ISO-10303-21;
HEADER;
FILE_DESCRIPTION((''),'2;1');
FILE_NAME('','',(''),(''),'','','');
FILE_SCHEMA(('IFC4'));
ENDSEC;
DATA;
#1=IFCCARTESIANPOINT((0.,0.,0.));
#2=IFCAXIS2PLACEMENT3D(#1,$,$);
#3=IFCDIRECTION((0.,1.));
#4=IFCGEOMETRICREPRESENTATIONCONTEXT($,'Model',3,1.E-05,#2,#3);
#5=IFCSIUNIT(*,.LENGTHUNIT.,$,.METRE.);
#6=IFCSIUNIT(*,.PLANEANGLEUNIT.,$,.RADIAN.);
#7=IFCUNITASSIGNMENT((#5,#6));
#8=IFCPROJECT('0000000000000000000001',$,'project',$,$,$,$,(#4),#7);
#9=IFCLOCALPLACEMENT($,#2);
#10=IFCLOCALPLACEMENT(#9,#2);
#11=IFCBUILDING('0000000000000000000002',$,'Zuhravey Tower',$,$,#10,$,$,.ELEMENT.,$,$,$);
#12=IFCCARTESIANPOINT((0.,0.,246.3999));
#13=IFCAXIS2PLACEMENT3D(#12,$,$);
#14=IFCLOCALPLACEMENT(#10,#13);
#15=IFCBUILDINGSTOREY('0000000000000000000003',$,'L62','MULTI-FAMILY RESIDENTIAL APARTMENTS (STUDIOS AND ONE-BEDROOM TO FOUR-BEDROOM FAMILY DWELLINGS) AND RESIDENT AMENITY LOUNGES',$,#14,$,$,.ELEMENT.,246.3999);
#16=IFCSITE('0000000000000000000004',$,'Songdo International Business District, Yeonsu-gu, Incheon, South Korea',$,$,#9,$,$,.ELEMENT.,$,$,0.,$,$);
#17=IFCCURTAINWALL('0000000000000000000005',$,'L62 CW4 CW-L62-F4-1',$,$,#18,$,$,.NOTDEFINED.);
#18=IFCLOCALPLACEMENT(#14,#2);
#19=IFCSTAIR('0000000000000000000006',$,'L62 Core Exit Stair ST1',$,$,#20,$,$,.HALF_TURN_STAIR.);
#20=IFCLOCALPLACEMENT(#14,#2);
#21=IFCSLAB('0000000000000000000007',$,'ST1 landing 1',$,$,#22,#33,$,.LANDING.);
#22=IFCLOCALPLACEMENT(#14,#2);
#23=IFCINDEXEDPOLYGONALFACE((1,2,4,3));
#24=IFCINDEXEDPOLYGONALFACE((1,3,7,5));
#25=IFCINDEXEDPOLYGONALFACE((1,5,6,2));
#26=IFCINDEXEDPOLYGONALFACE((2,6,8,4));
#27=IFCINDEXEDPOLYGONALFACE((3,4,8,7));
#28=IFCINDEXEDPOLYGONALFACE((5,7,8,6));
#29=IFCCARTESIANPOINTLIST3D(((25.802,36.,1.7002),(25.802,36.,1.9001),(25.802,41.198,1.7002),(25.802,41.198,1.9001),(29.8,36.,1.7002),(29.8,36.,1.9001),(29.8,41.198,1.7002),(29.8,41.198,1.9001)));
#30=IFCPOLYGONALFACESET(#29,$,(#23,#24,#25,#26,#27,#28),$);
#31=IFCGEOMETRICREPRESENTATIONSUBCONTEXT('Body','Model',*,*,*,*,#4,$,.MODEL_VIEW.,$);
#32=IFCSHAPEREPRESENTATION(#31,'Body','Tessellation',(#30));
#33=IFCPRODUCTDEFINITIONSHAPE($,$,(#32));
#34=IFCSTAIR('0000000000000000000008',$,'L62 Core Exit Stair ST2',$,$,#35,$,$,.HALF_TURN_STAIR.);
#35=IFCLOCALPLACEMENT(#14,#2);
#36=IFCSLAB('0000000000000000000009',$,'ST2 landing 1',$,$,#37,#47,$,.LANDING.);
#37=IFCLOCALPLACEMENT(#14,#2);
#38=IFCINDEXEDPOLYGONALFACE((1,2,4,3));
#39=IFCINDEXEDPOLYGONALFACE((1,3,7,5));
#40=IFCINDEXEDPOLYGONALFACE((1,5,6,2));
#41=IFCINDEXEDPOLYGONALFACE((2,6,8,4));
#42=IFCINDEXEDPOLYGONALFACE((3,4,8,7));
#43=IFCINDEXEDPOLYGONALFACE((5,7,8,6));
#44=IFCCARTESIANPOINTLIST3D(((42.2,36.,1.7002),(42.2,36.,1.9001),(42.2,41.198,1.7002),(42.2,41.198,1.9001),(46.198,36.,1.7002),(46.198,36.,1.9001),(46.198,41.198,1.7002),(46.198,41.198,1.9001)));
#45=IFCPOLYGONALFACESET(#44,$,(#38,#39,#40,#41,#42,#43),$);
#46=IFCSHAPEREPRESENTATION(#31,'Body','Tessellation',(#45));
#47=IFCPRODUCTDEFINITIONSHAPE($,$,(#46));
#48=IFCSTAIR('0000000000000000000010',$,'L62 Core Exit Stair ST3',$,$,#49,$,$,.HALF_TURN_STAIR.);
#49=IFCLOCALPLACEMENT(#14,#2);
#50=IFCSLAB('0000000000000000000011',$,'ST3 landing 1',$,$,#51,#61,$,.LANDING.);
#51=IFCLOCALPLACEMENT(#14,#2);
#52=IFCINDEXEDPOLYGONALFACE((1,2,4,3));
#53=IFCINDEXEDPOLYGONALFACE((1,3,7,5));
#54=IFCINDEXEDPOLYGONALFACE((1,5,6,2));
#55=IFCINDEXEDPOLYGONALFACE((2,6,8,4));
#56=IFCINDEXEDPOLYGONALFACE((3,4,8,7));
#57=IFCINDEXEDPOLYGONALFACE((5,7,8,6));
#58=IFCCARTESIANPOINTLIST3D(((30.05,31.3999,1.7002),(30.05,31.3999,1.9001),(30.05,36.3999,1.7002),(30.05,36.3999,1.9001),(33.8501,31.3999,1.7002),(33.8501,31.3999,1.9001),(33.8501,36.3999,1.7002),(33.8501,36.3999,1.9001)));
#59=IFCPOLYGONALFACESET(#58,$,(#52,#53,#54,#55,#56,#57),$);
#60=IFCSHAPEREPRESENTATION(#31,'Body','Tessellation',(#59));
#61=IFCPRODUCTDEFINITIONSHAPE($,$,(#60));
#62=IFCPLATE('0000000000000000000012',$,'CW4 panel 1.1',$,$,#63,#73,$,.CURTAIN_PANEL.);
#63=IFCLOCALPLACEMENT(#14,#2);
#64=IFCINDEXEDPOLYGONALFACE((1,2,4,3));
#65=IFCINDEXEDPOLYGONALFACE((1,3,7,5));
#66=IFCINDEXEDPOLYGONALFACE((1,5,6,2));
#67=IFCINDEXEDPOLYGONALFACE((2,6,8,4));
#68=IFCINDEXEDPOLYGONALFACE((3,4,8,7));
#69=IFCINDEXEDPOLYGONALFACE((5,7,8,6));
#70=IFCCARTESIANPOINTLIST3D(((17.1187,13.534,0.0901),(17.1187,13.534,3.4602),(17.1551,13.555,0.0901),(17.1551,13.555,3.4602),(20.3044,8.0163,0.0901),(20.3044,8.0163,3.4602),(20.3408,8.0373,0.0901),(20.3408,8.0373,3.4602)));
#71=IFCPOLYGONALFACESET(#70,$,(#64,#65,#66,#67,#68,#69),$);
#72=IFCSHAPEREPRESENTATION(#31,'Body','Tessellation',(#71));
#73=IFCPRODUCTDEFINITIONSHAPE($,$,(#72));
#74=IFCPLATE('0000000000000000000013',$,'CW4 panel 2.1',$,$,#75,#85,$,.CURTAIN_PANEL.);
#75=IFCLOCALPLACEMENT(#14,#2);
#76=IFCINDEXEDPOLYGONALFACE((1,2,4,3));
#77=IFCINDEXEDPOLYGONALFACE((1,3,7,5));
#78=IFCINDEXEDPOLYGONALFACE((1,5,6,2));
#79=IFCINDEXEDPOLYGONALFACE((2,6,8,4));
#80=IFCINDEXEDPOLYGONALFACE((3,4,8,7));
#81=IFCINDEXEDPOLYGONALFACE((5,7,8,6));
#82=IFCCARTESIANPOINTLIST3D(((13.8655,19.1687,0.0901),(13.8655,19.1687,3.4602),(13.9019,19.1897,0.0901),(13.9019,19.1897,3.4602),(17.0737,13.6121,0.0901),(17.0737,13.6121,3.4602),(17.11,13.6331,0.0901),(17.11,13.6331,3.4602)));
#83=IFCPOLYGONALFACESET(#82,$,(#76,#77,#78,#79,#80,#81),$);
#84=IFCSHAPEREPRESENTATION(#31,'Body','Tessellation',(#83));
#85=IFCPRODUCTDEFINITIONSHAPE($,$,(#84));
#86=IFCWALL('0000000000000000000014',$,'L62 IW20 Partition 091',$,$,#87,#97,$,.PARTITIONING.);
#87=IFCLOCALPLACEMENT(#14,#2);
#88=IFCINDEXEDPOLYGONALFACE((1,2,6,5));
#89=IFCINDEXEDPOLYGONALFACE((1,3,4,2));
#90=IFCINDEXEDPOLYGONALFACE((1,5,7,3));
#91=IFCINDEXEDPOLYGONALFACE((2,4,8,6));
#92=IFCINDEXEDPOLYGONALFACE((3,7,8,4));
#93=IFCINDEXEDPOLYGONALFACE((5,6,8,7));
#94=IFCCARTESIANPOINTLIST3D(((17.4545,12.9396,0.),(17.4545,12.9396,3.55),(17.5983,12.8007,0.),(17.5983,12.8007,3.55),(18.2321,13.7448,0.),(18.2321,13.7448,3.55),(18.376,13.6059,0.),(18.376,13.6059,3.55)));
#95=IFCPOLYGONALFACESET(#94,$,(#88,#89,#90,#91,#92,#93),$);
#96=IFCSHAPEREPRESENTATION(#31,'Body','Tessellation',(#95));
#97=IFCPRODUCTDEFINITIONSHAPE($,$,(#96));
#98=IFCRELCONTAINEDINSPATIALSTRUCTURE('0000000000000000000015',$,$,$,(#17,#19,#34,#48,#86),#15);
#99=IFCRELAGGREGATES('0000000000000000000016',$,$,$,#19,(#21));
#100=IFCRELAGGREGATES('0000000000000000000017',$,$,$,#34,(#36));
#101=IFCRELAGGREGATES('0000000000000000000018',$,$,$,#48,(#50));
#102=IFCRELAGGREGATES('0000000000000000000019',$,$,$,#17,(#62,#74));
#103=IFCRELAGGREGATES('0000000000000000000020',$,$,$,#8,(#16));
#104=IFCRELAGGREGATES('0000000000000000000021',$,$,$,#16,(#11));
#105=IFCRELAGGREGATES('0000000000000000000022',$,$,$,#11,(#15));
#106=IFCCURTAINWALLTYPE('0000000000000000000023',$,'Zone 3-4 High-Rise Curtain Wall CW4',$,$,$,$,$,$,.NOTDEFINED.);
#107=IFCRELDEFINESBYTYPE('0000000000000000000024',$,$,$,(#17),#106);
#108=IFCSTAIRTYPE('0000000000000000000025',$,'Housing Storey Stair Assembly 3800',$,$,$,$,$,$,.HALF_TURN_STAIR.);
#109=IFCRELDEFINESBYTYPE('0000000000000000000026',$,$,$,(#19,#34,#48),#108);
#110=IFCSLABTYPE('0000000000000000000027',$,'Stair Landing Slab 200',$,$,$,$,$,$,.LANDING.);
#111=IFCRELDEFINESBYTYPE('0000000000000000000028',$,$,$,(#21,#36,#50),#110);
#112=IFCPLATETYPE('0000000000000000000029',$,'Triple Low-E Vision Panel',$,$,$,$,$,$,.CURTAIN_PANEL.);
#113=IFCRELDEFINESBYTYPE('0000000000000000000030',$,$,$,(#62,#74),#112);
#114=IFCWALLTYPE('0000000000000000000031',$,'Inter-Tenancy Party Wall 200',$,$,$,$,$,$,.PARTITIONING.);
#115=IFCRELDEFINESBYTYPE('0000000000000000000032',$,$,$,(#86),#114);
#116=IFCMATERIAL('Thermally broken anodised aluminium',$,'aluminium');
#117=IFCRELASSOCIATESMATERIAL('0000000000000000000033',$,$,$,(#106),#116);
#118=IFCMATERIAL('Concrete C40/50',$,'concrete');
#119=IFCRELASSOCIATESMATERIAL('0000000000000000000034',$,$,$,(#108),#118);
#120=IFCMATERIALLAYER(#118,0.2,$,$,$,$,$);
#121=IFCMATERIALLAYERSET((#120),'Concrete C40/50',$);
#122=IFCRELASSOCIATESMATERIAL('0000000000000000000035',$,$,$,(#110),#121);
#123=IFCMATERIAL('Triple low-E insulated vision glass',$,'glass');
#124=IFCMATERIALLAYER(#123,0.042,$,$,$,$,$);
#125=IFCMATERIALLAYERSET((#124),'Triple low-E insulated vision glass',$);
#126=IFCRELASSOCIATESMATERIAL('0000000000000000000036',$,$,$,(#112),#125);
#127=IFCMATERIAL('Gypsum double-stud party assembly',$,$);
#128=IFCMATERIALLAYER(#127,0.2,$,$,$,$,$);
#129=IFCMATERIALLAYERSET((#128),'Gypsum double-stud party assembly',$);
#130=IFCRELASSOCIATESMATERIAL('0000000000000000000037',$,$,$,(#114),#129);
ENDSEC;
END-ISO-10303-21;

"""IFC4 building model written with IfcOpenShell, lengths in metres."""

from ifc_helpers import new_model, si_unit, direction, frame, frame_2d, origin, origin_2d, place, context, subcontext, project, spatial, polyline, rectangle, outline, extrude, material, layer, layer_set, type_object, element, aggregate, save


model = new_model("IFC4")

# Units and contexts
model_context = context("Model", 3, precision=1e-05, world=origin(), true_north=direction((0.0, 1.0)))
body_context = subcontext(model_context, "Body", "Model", "MODEL_VIEW")
ifc_project = project(units=[si_unit("LENGTHUNIT", "METRE"), si_unit("PLANEANGLEUNIT", "RADIAN")], contexts=[model_context])

# Site, building, storey
site_placement = place(None, origin())
site = spatial("IfcSite", under=ifc_project, at=site_placement, Name="Songdo International Business District, Yeonsu-gu, Incheon, South Korea", CompositionType="ELEMENT", RefElevation=0.0)
building_placement = place(site_placement, origin())
building = spatial("IfcBuilding", under=site, at=building_placement, Name="Zuhravey Tower", CompositionType="ELEMENT")
storey_placement = place(building_placement, frame((0.0, 0.0, 246.3999)))
storey = spatial("IfcBuildingStorey", under=building, at=storey_placement, Name="L62", Description="MULTI-FAMILY RESIDENTIAL APARTMENTS (STUDIOS AND ONE-BEDROOM TO FOUR-BEDROOM FAMILY DWELLINGS) AND RESIDENT AMENITY LOUNGES", CompositionType="ELEMENT", Elevation=246.3999)

# Curtain wall
ifc_material_1 = material(Name="Thermally broken anodised aluminium", Category="aluminium")
curtain_wall_type = type_object("IfcCurtainWallType", Name="Zone 3-4 High-Rise Curtain Wall CW4", PredefinedType="NOTDEFINED", material=ifc_material_1)
curtain_wall_placement = place(storey_placement, origin())
curtain_wall = element("IfcCurtainWall", 1, at=curtain_wall_placement, inside=storey, type_object=curtain_wall_type, Name="L62 CW4 CW-L62-F4-1", PredefinedType="NOTDEFINED")

# Shared definitions
ifc_material_2 = material(Name="Concrete C40/50", Category="concrete")

# Stairs, slabs
stair_type = type_object("IfcStairType", Name="Housing Storey Stair Assembly 3800", PredefinedType="HALF_TURN_STAIR", material=ifc_material_2)
stair_1_placement = place(storey_placement, origin())
stair_1 = element("IfcStair", 2, at=stair_1_placement, inside=storey, type_object=stair_type, Name="L62 Core Exit Stair ST1", PredefinedType="HALF_TURN_STAIR")
ifc_layer_1 = layer(ifc_material_2, 0.2)
ifc_layer_set_1 = layer_set([ifc_layer_1], Name="Concrete C40/50")
slab_type_1 = type_object("IfcSlabType", Name="Stair Landing Slab 200", PredefinedType="LANDING", material=ifc_layer_set_1)
slab_1_placement = place(storey_placement, frame((0.0, 0.0, 1.7002)))
slab_1 = element("IfcSlab", 3, at=slab_1_placement, type_object=slab_type_1, Name="ST1 landing 1", PredefinedType="LANDING", context=body_context, shape_type="SweptSolid", body=[
    extrude(outline(polyline([(29.8, 36.0), (29.8, 41.198), (25.802, 41.198), (25.802, 36.0), (29.8, 36.0)])), origin(), (0.0, 0.0, 1.0), 0.2),
])
aggregate(stair_1, [slab_1])
stair_2_placement = place(storey_placement, origin())
stair_2 = element("IfcStair", 4, at=stair_2_placement, inside=storey, type_object=stair_type, Name="L62 Core Exit Stair ST2", PredefinedType="HALF_TURN_STAIR")
slab_2_placement = place(storey_placement, frame((0.0, 0.0, 1.7002)))
slab_2 = element("IfcSlab", 5, at=slab_2_placement, type_object=slab_type_1, Name="ST2 landing 1", PredefinedType="LANDING", context=body_context, shape_type="SweptSolid", body=[
    extrude(outline(polyline([(46.198, 36.0), (46.198, 41.198), (42.2, 41.198), (42.2, 36.0), (46.198, 36.0)])), origin(), (0.0, 0.0, 1.0), 0.2),
])
aggregate(stair_2, [slab_2])
stair_3_placement = place(storey_placement, origin())
stair_3 = element("IfcStair", 6, at=stair_3_placement, inside=storey, type_object=stair_type, Name="L62 Core Exit Stair ST3", PredefinedType="HALF_TURN_STAIR")
slab_3_placement = place(storey_placement, frame((0.0, 0.0, 1.7002)))
slab_3 = element("IfcSlab", 7, at=slab_3_placement, type_object=slab_type_1, Name="ST3 landing 1", PredefinedType="LANDING", context=body_context, shape_type="SweptSolid", body=[
    extrude(outline(polyline([(30.05, 36.3999), (30.05, 31.3999), (33.8501, 31.3999), (33.8501, 36.3999), (30.05, 36.3999)])), origin(), (0.0, 0.0, 1.0), 0.2),
])
aggregate(stair_3, [slab_3])

# Plates
ifc_material_3 = material(Name="Triple low-E insulated vision glass", Category="glass")
ifc_layer_2 = layer(ifc_material_3, 0.042)
ifc_layer_set_2 = layer_set([ifc_layer_2], Name="Triple low-E insulated vision glass")
plate_type_1 = type_object("IfcPlateType", Name="Triple Low-E Vision Panel", PredefinedType="CURTAIN_PANEL", material=ifc_layer_set_2)
plate_1_placement = place(storey_placement, frame((18.7297, 10.7856, 0.0901), z_axis=(0.0, 0.0, 1.0), x_axis=(-0.500001, 0.866025, 0.0)))
plate_1 = element("IfcPlate", 8, at=plate_1_placement, type_object=plate_type_1, Name="CW4 panel 1.1", PredefinedType="CURTAIN_PANEL", context=body_context, shape_type="SweptSolid", body=[
    extrude(rectangle(XDim=6.3713, YDim=0.042, at=origin_2d()), origin(), (0.0, 0.0, 1.0), 3.3701),
])
plate_2_placement = place(storey_placement, frame((15.4878, 16.4009, 0.0901), z_axis=(0.0, 0.0, 1.0), x_axis=(-0.500001, 0.866025, 0.0)))
plate_2 = element("IfcPlate", 9, at=plate_2_placement, type_object=plate_type_1, Name="CW4 panel 2.1", PredefinedType="CURTAIN_PANEL", context=body_context, shape_type="SweptSolid", body=[
    extrude(rectangle(XDim=6.4163, YDim=0.042, at=origin_2d()), origin(), (0.0, 0.0, 1.0), 3.3701),
])
aggregate(curtain_wall, [plate_1, plate_2])

# Wall
ifc_material_4 = material(Name="Gypsum double-stud party assembly")
ifc_layer_3 = layer(ifc_material_4, 0.2)
ifc_layer_set_3 = layer_set([ifc_layer_3], Name="Gypsum double-stud party assembly")
wall_type = type_object("IfcWallType", Name="Inter-Tenancy Party Wall 200", PredefinedType="PARTITIONING", material=ifc_layer_set_3)
wall_placement = place(storey_placement, frame((18.304, 13.6753, 0.0), z_axis=(0.0, 0.0, 1.0), x_axis=(-0.694676, -0.719323, 0.0)))
element("IfcWall", 10, at=wall_placement, inside=storey, type_object=wall_type, Name="L62 IW20 Partition 091", PredefinedType="PARTITIONING", context=body_context, shape_type="SweptSolid", body=[
    extrude(rectangle(XDim=1.1194, YDim=0.2, at=frame_2d((0.5596, 0.0))), origin(), (0.0, 0.0, 1.0), 3.55),
])

save(model, "model.ifc")
